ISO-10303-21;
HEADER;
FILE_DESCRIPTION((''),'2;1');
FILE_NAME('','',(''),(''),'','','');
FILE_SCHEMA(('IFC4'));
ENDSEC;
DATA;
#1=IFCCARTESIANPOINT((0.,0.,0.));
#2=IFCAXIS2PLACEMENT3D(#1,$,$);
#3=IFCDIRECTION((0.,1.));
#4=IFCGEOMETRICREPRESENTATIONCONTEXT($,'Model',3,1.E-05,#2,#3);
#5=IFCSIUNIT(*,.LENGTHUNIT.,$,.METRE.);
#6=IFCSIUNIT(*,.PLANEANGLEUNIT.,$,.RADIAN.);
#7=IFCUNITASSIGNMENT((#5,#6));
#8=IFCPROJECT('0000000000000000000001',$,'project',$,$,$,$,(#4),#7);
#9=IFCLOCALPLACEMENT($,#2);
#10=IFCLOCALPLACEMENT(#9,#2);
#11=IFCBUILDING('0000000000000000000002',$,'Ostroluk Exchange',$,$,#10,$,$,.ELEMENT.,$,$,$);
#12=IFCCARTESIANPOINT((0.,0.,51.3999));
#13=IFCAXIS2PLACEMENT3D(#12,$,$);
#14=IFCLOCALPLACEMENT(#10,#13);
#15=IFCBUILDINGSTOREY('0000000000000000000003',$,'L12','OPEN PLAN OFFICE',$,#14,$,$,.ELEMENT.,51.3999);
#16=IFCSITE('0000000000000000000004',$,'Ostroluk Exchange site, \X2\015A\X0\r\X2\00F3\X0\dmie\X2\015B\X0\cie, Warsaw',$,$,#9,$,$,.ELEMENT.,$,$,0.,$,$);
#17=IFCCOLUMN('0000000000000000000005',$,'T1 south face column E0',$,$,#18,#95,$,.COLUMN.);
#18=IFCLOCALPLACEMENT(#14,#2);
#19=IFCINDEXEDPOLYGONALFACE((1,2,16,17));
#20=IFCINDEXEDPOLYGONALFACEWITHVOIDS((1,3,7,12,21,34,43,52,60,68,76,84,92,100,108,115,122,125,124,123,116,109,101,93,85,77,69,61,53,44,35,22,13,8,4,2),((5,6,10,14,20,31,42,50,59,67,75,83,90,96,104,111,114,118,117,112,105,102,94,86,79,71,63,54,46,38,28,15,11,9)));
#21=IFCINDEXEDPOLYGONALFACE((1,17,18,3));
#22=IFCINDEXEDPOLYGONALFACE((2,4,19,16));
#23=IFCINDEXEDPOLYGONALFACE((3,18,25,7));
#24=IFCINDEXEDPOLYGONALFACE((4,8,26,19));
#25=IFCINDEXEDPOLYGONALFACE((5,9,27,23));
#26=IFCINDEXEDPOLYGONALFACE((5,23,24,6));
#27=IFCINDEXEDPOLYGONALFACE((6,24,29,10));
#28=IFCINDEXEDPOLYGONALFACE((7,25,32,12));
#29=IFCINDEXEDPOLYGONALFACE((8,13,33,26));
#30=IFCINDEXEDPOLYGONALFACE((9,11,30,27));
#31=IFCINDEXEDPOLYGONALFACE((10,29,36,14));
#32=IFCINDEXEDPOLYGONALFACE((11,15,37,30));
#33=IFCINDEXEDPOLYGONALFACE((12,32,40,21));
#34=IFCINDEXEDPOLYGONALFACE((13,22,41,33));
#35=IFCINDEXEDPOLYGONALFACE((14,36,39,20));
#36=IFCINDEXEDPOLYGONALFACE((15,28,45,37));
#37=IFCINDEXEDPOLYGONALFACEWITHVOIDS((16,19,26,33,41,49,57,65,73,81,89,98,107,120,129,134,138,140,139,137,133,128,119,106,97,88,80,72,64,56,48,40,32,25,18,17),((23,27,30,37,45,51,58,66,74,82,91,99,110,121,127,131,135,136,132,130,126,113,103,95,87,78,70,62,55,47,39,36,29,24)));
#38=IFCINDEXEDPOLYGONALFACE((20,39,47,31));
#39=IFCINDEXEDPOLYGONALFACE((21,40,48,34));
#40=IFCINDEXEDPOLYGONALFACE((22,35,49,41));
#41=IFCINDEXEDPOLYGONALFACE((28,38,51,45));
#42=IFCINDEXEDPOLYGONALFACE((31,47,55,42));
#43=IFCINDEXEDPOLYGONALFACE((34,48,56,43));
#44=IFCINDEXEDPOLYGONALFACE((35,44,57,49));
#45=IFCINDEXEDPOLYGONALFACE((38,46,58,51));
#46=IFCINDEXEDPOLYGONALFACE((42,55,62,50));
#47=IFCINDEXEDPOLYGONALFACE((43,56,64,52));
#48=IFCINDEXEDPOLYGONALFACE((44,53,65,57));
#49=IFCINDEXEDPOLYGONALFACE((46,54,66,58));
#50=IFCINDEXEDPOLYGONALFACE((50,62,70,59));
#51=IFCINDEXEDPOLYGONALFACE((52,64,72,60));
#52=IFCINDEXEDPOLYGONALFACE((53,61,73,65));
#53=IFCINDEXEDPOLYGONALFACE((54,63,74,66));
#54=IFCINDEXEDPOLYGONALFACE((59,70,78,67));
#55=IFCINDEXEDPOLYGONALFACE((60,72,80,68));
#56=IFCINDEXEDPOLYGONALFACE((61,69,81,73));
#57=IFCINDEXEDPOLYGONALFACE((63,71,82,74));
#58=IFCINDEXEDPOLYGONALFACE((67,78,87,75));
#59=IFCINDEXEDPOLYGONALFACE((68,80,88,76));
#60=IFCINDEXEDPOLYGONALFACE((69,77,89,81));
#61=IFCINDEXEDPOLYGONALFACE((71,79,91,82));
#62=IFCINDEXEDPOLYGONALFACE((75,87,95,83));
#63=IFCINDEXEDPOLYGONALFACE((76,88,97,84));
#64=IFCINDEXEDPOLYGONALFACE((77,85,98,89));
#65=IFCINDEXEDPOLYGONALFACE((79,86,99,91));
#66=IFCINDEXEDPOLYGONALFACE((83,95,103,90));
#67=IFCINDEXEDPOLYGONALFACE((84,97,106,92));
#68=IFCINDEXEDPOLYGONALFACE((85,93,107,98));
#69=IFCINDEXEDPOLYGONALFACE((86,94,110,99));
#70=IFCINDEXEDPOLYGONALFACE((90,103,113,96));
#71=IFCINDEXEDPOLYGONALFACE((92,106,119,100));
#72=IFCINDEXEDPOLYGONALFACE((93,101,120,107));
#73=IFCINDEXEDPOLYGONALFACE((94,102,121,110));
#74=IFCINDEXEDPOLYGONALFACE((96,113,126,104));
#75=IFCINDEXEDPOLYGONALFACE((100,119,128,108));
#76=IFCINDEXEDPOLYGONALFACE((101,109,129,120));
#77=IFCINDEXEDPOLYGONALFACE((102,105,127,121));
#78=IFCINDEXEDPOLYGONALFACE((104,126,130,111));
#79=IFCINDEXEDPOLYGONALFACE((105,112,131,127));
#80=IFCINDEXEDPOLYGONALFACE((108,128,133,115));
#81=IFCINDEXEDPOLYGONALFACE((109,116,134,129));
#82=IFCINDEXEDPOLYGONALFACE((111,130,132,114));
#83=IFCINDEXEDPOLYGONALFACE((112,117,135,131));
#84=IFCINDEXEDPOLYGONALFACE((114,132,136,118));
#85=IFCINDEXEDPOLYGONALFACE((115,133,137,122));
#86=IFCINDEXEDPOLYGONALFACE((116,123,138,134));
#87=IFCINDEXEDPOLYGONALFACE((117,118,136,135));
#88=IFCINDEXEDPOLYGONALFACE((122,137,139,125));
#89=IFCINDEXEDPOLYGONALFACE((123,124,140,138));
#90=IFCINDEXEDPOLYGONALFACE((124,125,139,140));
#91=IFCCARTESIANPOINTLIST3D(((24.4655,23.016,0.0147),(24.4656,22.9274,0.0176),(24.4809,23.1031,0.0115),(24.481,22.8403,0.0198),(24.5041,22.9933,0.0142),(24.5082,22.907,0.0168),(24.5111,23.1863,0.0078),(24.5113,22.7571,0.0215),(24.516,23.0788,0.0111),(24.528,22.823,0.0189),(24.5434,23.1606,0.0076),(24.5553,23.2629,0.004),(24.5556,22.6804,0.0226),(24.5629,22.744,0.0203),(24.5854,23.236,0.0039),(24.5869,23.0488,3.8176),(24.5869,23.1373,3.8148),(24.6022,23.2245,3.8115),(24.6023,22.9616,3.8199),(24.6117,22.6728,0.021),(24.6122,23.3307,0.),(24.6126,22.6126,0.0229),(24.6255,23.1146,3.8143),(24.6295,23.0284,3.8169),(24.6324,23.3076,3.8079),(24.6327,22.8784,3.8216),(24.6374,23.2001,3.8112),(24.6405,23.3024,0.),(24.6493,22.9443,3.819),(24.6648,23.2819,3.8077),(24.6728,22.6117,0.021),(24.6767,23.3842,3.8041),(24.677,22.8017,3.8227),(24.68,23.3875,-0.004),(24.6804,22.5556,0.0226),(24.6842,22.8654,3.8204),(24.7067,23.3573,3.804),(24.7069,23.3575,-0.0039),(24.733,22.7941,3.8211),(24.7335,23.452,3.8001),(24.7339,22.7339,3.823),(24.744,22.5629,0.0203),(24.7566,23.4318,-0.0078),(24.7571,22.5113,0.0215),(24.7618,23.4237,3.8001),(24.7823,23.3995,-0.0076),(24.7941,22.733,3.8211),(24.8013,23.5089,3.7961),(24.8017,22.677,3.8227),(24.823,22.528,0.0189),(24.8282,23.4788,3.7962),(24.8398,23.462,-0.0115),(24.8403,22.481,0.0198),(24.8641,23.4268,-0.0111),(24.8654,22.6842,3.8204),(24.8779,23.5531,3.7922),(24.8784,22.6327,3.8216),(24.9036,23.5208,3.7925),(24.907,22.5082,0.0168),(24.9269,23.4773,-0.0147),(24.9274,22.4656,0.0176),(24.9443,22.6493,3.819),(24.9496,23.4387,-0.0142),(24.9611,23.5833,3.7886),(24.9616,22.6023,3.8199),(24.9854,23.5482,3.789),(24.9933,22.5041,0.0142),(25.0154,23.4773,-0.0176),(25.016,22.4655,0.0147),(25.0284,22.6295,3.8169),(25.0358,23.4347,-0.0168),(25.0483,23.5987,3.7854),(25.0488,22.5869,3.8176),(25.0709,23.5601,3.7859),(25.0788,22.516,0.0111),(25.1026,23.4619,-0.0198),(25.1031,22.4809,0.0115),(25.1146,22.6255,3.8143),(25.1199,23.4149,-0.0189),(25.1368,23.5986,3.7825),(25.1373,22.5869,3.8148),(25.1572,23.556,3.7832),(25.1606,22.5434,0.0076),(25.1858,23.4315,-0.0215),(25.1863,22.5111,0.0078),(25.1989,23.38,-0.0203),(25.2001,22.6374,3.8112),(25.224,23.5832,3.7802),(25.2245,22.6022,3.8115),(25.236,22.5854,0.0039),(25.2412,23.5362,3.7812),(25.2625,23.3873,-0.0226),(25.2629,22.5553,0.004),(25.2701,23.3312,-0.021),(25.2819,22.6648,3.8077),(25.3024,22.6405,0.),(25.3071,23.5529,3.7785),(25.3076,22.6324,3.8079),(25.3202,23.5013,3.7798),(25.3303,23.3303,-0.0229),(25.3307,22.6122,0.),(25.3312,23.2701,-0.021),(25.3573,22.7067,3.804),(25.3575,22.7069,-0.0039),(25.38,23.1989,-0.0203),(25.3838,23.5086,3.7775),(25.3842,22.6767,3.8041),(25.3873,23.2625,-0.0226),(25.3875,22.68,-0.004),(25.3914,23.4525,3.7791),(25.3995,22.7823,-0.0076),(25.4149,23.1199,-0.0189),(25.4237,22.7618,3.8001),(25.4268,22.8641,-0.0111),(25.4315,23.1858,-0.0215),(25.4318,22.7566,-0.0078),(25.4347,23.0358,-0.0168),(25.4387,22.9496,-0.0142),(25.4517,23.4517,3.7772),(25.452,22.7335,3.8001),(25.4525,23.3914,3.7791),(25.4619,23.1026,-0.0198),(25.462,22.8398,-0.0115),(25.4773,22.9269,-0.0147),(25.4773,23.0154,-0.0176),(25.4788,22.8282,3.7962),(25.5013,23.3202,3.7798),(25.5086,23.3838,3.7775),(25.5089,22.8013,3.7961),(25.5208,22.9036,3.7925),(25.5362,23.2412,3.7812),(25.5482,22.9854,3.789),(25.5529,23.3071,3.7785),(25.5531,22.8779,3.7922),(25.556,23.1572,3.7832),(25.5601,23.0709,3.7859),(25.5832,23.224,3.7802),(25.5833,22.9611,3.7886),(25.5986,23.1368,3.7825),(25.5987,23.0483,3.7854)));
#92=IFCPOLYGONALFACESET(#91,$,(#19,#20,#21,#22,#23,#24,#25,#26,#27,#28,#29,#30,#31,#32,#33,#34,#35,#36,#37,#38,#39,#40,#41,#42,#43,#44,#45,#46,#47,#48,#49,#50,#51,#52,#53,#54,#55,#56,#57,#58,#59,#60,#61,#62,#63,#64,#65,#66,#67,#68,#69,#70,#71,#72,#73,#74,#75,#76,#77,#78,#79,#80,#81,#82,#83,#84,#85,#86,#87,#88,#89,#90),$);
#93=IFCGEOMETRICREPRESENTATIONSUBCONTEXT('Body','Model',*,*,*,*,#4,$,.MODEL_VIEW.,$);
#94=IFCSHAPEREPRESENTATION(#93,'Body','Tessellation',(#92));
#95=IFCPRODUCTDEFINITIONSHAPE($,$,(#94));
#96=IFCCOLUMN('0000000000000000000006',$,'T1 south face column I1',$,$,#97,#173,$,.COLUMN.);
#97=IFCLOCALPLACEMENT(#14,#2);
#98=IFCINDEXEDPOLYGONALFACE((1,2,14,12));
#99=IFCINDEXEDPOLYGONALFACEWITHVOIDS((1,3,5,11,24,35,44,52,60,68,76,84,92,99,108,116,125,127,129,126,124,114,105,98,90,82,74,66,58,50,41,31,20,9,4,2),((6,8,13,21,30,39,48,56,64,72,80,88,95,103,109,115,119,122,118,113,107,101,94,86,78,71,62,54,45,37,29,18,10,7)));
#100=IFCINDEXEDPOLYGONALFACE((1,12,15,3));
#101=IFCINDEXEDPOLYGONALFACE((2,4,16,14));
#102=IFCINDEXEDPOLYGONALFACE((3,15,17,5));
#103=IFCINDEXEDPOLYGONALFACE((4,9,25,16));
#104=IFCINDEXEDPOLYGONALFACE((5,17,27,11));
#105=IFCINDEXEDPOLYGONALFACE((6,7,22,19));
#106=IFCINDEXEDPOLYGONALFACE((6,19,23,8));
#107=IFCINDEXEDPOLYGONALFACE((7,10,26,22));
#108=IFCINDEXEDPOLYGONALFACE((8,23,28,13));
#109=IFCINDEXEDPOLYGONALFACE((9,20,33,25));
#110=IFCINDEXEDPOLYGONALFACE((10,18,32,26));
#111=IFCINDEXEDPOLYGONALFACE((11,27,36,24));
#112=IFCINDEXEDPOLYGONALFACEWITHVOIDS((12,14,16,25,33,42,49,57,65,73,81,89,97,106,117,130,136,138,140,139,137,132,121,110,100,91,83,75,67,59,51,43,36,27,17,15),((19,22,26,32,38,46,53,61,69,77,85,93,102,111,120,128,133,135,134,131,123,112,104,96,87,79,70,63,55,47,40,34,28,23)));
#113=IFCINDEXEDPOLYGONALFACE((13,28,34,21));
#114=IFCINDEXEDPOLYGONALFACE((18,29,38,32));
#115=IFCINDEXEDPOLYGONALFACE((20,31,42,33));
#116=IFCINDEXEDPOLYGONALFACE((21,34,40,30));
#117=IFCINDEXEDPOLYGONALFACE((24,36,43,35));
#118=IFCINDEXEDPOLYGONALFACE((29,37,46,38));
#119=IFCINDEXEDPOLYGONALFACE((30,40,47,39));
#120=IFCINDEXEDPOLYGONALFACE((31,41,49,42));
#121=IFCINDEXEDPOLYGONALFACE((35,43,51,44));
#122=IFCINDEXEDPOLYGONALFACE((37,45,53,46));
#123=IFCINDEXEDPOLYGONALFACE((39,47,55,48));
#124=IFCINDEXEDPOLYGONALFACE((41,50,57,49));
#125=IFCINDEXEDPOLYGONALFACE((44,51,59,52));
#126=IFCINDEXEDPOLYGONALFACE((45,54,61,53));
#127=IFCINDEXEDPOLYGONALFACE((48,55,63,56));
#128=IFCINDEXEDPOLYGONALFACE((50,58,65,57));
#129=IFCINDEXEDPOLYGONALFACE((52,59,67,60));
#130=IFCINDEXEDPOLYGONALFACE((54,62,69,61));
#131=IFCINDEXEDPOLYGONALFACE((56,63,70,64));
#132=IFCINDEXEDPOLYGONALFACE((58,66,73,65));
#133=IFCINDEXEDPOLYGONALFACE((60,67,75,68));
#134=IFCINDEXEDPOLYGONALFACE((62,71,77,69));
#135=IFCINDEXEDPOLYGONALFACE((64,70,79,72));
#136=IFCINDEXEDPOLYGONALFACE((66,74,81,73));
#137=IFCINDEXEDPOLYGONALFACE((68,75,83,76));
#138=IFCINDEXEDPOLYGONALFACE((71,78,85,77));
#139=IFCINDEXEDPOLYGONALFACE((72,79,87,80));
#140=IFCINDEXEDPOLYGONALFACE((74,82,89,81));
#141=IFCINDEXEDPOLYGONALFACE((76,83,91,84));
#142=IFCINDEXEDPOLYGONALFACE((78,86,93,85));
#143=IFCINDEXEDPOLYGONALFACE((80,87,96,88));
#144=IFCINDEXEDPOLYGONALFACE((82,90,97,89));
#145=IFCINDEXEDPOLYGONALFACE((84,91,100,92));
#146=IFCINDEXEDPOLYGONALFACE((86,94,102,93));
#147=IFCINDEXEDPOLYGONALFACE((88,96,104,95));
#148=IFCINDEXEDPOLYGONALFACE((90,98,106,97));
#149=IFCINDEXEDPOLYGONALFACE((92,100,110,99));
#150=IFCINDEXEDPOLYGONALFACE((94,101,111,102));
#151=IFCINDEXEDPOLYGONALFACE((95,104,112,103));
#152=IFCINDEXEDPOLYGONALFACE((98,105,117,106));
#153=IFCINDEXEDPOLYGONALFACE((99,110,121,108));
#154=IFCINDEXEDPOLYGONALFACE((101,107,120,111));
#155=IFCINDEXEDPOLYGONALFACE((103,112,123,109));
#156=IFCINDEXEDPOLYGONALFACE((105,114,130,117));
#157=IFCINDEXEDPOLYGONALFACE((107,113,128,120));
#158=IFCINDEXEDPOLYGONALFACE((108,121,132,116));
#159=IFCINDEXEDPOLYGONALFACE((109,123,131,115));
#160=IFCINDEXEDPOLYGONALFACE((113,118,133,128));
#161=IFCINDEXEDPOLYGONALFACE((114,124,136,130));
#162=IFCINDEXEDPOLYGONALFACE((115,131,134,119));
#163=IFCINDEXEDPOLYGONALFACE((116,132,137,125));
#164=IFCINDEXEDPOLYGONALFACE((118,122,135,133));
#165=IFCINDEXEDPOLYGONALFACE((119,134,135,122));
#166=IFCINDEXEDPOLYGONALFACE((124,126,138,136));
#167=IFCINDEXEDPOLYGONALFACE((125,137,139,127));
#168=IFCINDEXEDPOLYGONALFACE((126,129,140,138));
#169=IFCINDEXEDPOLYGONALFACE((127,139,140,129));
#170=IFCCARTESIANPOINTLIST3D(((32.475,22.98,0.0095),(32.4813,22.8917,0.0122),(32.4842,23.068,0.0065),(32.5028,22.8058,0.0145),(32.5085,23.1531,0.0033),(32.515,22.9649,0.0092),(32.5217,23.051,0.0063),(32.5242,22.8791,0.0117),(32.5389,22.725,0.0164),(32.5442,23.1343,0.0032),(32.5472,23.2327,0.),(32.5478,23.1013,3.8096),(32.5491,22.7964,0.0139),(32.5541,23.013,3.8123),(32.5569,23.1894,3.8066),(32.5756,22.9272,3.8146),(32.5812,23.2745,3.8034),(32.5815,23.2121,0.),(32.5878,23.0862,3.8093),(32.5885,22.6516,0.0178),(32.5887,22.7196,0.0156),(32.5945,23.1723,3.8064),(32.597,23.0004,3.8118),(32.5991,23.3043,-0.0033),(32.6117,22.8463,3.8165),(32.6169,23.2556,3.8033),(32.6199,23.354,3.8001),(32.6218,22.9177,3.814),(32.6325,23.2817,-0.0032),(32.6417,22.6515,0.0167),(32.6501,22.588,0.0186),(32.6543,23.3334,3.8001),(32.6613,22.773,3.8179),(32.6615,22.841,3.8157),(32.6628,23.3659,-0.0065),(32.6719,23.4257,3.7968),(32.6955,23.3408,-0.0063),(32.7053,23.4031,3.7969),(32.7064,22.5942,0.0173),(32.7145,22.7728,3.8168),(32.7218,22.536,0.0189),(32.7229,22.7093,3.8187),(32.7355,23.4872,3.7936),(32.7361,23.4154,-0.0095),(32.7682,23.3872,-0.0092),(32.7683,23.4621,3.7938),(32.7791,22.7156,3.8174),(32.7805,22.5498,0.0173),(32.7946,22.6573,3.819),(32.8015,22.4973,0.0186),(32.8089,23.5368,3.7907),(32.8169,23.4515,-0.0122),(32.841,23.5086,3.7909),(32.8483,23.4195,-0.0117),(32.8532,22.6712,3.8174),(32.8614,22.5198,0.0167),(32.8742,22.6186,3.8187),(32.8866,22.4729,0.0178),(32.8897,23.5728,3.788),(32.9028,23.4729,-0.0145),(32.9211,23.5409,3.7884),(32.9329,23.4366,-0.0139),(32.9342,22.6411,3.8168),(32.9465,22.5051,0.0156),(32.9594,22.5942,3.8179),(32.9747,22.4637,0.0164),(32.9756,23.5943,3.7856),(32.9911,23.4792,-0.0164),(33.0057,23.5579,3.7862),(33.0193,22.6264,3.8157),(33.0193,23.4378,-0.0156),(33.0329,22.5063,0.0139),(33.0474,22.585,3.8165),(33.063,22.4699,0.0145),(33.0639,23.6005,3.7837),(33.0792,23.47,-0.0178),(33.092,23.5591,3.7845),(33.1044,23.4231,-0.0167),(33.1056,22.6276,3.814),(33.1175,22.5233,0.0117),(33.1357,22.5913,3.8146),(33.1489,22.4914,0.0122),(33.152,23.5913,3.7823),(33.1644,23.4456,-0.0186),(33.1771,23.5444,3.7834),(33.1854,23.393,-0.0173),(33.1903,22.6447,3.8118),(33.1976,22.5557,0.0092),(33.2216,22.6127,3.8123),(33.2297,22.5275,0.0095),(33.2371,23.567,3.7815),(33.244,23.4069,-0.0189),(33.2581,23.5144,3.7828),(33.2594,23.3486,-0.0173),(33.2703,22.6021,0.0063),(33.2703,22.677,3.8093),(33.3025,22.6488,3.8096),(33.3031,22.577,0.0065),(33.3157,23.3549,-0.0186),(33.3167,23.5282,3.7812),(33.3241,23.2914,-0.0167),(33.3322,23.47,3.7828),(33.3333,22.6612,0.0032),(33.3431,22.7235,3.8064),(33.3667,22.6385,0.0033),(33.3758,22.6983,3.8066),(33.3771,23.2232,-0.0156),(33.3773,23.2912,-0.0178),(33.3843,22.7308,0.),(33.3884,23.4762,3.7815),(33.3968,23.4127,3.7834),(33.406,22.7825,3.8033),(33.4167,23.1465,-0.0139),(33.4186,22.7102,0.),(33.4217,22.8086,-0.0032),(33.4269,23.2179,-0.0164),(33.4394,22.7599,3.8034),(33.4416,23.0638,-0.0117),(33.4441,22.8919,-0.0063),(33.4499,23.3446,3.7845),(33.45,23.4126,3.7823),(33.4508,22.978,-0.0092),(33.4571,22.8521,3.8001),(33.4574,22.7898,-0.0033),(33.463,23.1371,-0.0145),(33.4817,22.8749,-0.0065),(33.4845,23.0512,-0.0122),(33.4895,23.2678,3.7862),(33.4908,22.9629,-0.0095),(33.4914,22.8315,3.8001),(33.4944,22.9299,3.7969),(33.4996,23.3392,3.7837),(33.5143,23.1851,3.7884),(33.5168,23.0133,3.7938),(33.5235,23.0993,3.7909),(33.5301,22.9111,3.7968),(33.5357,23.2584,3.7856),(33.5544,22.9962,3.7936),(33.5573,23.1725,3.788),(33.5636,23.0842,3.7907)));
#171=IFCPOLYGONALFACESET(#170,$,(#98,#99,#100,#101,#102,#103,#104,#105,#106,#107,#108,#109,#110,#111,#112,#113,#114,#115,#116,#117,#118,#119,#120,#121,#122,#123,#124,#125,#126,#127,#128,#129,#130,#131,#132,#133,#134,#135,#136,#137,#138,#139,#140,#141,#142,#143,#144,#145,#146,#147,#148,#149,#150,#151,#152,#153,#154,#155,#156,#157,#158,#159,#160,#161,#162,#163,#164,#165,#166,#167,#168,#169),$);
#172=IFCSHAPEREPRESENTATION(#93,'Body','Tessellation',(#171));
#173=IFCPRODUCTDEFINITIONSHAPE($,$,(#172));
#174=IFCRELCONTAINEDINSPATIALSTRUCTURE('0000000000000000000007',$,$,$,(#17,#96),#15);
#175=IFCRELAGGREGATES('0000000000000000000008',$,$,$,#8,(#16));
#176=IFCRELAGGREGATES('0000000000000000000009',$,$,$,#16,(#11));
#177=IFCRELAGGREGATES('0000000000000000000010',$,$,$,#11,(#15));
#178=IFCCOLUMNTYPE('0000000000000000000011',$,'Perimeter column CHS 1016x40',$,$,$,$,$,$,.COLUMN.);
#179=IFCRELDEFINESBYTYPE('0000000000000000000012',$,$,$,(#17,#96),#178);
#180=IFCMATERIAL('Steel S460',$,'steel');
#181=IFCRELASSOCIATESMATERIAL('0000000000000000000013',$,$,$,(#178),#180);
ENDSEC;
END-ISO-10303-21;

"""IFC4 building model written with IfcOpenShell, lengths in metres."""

from ifc_helpers import new_model, si_unit, direction, frame, origin, origin_2d, place, context, subcontext, project, spatial, hollow_circle, extrude, material, material_profile, profile_set, type_object, element, save


model = new_model("IFC4")

# Units and contexts
model_context = context("Model", 3, precision=1e-05, world=origin(), true_north=direction((0.0, 1.0)))
body_context = subcontext(model_context, "Body", "Model", "MODEL_VIEW")
ifc_project = project(units=[si_unit("LENGTHUNIT", "METRE"), si_unit("PLANEANGLEUNIT", "RADIAN")], contexts=[model_context])

# Site, building, storey
site_placement = place(None, origin())
site = spatial("IfcSite", under=ifc_project, at=site_placement, Name="Ostroluk Exchange site, Śródmieście, Warsaw", CompositionType="ELEMENT", RefElevation=0.0)
building_placement = place(site_placement, origin())
building = spatial("IfcBuilding", under=site, at=building_placement, Name="Ostroluk Exchange", CompositionType="ELEMENT")
storey_placement = place(building_placement, frame((0.0, 0.0, 51.3999)))
storey = spatial("IfcBuildingStorey", under=building, at=storey_placement, Name="L12", Description="OPEN PLAN OFFICE", CompositionType="ELEMENT", Elevation=51.3999)

# Columns
ifc_material_1 = material(Name="Steel S460", Category="steel")
ifc_material_profile_1 = material_profile(ifc_material_1, hollow_circle(Radius=0.5081, WallThickness=0.04, at=origin_2d()), Name="CHS 1016x40")
ifc_profile_set_1 = profile_set([ifc_material_profile_1], Name="Steel S460")
column_type = type_object("IfcColumnType", Name="Perimeter column CHS 1016x40", PredefinedType="COLUMN", material=ifc_profile_set_1)
column_1_placement = place(storey_placement, frame((24.9714, 22.9714, 0.0), z_axis=(0.031898, 0.031898, 0.998982), x_axis=(-0.707107, 0.707107, 0.0)))
element("IfcColumn", 1, at=column_1_placement, inside=storey, type_object=column_type, Name="T1 south face column E0", PredefinedType="COLUMN", context=body_context, shape_type="SweptSolid", body=[
    extrude(hollow_circle(Radius=0.5081, WallThickness=0.04, at=origin_2d()), origin(), (0.0, 0.0, 1.0), 3.804),
])
column_2_placement = place(storey_placement, frame((32.9829, 22.9714, 0.0), z_axis=(0.019132, 0.031909, 0.999308), x_axis=(-0.857645, 0.514242, 0.0)))
element("IfcColumn", 2, at=column_2_placement, inside=storey, type_object=column_type, Name="T1 south face column I1", PredefinedType="COLUMN", context=body_context, shape_type="SweptSolid", body=[
    extrude(hollow_circle(Radius=0.5081, WallThickness=0.04, at=origin_2d()), origin(), (0.0, 0.0, 1.0), 3.8027),
])

save(model, "model.ifc")
